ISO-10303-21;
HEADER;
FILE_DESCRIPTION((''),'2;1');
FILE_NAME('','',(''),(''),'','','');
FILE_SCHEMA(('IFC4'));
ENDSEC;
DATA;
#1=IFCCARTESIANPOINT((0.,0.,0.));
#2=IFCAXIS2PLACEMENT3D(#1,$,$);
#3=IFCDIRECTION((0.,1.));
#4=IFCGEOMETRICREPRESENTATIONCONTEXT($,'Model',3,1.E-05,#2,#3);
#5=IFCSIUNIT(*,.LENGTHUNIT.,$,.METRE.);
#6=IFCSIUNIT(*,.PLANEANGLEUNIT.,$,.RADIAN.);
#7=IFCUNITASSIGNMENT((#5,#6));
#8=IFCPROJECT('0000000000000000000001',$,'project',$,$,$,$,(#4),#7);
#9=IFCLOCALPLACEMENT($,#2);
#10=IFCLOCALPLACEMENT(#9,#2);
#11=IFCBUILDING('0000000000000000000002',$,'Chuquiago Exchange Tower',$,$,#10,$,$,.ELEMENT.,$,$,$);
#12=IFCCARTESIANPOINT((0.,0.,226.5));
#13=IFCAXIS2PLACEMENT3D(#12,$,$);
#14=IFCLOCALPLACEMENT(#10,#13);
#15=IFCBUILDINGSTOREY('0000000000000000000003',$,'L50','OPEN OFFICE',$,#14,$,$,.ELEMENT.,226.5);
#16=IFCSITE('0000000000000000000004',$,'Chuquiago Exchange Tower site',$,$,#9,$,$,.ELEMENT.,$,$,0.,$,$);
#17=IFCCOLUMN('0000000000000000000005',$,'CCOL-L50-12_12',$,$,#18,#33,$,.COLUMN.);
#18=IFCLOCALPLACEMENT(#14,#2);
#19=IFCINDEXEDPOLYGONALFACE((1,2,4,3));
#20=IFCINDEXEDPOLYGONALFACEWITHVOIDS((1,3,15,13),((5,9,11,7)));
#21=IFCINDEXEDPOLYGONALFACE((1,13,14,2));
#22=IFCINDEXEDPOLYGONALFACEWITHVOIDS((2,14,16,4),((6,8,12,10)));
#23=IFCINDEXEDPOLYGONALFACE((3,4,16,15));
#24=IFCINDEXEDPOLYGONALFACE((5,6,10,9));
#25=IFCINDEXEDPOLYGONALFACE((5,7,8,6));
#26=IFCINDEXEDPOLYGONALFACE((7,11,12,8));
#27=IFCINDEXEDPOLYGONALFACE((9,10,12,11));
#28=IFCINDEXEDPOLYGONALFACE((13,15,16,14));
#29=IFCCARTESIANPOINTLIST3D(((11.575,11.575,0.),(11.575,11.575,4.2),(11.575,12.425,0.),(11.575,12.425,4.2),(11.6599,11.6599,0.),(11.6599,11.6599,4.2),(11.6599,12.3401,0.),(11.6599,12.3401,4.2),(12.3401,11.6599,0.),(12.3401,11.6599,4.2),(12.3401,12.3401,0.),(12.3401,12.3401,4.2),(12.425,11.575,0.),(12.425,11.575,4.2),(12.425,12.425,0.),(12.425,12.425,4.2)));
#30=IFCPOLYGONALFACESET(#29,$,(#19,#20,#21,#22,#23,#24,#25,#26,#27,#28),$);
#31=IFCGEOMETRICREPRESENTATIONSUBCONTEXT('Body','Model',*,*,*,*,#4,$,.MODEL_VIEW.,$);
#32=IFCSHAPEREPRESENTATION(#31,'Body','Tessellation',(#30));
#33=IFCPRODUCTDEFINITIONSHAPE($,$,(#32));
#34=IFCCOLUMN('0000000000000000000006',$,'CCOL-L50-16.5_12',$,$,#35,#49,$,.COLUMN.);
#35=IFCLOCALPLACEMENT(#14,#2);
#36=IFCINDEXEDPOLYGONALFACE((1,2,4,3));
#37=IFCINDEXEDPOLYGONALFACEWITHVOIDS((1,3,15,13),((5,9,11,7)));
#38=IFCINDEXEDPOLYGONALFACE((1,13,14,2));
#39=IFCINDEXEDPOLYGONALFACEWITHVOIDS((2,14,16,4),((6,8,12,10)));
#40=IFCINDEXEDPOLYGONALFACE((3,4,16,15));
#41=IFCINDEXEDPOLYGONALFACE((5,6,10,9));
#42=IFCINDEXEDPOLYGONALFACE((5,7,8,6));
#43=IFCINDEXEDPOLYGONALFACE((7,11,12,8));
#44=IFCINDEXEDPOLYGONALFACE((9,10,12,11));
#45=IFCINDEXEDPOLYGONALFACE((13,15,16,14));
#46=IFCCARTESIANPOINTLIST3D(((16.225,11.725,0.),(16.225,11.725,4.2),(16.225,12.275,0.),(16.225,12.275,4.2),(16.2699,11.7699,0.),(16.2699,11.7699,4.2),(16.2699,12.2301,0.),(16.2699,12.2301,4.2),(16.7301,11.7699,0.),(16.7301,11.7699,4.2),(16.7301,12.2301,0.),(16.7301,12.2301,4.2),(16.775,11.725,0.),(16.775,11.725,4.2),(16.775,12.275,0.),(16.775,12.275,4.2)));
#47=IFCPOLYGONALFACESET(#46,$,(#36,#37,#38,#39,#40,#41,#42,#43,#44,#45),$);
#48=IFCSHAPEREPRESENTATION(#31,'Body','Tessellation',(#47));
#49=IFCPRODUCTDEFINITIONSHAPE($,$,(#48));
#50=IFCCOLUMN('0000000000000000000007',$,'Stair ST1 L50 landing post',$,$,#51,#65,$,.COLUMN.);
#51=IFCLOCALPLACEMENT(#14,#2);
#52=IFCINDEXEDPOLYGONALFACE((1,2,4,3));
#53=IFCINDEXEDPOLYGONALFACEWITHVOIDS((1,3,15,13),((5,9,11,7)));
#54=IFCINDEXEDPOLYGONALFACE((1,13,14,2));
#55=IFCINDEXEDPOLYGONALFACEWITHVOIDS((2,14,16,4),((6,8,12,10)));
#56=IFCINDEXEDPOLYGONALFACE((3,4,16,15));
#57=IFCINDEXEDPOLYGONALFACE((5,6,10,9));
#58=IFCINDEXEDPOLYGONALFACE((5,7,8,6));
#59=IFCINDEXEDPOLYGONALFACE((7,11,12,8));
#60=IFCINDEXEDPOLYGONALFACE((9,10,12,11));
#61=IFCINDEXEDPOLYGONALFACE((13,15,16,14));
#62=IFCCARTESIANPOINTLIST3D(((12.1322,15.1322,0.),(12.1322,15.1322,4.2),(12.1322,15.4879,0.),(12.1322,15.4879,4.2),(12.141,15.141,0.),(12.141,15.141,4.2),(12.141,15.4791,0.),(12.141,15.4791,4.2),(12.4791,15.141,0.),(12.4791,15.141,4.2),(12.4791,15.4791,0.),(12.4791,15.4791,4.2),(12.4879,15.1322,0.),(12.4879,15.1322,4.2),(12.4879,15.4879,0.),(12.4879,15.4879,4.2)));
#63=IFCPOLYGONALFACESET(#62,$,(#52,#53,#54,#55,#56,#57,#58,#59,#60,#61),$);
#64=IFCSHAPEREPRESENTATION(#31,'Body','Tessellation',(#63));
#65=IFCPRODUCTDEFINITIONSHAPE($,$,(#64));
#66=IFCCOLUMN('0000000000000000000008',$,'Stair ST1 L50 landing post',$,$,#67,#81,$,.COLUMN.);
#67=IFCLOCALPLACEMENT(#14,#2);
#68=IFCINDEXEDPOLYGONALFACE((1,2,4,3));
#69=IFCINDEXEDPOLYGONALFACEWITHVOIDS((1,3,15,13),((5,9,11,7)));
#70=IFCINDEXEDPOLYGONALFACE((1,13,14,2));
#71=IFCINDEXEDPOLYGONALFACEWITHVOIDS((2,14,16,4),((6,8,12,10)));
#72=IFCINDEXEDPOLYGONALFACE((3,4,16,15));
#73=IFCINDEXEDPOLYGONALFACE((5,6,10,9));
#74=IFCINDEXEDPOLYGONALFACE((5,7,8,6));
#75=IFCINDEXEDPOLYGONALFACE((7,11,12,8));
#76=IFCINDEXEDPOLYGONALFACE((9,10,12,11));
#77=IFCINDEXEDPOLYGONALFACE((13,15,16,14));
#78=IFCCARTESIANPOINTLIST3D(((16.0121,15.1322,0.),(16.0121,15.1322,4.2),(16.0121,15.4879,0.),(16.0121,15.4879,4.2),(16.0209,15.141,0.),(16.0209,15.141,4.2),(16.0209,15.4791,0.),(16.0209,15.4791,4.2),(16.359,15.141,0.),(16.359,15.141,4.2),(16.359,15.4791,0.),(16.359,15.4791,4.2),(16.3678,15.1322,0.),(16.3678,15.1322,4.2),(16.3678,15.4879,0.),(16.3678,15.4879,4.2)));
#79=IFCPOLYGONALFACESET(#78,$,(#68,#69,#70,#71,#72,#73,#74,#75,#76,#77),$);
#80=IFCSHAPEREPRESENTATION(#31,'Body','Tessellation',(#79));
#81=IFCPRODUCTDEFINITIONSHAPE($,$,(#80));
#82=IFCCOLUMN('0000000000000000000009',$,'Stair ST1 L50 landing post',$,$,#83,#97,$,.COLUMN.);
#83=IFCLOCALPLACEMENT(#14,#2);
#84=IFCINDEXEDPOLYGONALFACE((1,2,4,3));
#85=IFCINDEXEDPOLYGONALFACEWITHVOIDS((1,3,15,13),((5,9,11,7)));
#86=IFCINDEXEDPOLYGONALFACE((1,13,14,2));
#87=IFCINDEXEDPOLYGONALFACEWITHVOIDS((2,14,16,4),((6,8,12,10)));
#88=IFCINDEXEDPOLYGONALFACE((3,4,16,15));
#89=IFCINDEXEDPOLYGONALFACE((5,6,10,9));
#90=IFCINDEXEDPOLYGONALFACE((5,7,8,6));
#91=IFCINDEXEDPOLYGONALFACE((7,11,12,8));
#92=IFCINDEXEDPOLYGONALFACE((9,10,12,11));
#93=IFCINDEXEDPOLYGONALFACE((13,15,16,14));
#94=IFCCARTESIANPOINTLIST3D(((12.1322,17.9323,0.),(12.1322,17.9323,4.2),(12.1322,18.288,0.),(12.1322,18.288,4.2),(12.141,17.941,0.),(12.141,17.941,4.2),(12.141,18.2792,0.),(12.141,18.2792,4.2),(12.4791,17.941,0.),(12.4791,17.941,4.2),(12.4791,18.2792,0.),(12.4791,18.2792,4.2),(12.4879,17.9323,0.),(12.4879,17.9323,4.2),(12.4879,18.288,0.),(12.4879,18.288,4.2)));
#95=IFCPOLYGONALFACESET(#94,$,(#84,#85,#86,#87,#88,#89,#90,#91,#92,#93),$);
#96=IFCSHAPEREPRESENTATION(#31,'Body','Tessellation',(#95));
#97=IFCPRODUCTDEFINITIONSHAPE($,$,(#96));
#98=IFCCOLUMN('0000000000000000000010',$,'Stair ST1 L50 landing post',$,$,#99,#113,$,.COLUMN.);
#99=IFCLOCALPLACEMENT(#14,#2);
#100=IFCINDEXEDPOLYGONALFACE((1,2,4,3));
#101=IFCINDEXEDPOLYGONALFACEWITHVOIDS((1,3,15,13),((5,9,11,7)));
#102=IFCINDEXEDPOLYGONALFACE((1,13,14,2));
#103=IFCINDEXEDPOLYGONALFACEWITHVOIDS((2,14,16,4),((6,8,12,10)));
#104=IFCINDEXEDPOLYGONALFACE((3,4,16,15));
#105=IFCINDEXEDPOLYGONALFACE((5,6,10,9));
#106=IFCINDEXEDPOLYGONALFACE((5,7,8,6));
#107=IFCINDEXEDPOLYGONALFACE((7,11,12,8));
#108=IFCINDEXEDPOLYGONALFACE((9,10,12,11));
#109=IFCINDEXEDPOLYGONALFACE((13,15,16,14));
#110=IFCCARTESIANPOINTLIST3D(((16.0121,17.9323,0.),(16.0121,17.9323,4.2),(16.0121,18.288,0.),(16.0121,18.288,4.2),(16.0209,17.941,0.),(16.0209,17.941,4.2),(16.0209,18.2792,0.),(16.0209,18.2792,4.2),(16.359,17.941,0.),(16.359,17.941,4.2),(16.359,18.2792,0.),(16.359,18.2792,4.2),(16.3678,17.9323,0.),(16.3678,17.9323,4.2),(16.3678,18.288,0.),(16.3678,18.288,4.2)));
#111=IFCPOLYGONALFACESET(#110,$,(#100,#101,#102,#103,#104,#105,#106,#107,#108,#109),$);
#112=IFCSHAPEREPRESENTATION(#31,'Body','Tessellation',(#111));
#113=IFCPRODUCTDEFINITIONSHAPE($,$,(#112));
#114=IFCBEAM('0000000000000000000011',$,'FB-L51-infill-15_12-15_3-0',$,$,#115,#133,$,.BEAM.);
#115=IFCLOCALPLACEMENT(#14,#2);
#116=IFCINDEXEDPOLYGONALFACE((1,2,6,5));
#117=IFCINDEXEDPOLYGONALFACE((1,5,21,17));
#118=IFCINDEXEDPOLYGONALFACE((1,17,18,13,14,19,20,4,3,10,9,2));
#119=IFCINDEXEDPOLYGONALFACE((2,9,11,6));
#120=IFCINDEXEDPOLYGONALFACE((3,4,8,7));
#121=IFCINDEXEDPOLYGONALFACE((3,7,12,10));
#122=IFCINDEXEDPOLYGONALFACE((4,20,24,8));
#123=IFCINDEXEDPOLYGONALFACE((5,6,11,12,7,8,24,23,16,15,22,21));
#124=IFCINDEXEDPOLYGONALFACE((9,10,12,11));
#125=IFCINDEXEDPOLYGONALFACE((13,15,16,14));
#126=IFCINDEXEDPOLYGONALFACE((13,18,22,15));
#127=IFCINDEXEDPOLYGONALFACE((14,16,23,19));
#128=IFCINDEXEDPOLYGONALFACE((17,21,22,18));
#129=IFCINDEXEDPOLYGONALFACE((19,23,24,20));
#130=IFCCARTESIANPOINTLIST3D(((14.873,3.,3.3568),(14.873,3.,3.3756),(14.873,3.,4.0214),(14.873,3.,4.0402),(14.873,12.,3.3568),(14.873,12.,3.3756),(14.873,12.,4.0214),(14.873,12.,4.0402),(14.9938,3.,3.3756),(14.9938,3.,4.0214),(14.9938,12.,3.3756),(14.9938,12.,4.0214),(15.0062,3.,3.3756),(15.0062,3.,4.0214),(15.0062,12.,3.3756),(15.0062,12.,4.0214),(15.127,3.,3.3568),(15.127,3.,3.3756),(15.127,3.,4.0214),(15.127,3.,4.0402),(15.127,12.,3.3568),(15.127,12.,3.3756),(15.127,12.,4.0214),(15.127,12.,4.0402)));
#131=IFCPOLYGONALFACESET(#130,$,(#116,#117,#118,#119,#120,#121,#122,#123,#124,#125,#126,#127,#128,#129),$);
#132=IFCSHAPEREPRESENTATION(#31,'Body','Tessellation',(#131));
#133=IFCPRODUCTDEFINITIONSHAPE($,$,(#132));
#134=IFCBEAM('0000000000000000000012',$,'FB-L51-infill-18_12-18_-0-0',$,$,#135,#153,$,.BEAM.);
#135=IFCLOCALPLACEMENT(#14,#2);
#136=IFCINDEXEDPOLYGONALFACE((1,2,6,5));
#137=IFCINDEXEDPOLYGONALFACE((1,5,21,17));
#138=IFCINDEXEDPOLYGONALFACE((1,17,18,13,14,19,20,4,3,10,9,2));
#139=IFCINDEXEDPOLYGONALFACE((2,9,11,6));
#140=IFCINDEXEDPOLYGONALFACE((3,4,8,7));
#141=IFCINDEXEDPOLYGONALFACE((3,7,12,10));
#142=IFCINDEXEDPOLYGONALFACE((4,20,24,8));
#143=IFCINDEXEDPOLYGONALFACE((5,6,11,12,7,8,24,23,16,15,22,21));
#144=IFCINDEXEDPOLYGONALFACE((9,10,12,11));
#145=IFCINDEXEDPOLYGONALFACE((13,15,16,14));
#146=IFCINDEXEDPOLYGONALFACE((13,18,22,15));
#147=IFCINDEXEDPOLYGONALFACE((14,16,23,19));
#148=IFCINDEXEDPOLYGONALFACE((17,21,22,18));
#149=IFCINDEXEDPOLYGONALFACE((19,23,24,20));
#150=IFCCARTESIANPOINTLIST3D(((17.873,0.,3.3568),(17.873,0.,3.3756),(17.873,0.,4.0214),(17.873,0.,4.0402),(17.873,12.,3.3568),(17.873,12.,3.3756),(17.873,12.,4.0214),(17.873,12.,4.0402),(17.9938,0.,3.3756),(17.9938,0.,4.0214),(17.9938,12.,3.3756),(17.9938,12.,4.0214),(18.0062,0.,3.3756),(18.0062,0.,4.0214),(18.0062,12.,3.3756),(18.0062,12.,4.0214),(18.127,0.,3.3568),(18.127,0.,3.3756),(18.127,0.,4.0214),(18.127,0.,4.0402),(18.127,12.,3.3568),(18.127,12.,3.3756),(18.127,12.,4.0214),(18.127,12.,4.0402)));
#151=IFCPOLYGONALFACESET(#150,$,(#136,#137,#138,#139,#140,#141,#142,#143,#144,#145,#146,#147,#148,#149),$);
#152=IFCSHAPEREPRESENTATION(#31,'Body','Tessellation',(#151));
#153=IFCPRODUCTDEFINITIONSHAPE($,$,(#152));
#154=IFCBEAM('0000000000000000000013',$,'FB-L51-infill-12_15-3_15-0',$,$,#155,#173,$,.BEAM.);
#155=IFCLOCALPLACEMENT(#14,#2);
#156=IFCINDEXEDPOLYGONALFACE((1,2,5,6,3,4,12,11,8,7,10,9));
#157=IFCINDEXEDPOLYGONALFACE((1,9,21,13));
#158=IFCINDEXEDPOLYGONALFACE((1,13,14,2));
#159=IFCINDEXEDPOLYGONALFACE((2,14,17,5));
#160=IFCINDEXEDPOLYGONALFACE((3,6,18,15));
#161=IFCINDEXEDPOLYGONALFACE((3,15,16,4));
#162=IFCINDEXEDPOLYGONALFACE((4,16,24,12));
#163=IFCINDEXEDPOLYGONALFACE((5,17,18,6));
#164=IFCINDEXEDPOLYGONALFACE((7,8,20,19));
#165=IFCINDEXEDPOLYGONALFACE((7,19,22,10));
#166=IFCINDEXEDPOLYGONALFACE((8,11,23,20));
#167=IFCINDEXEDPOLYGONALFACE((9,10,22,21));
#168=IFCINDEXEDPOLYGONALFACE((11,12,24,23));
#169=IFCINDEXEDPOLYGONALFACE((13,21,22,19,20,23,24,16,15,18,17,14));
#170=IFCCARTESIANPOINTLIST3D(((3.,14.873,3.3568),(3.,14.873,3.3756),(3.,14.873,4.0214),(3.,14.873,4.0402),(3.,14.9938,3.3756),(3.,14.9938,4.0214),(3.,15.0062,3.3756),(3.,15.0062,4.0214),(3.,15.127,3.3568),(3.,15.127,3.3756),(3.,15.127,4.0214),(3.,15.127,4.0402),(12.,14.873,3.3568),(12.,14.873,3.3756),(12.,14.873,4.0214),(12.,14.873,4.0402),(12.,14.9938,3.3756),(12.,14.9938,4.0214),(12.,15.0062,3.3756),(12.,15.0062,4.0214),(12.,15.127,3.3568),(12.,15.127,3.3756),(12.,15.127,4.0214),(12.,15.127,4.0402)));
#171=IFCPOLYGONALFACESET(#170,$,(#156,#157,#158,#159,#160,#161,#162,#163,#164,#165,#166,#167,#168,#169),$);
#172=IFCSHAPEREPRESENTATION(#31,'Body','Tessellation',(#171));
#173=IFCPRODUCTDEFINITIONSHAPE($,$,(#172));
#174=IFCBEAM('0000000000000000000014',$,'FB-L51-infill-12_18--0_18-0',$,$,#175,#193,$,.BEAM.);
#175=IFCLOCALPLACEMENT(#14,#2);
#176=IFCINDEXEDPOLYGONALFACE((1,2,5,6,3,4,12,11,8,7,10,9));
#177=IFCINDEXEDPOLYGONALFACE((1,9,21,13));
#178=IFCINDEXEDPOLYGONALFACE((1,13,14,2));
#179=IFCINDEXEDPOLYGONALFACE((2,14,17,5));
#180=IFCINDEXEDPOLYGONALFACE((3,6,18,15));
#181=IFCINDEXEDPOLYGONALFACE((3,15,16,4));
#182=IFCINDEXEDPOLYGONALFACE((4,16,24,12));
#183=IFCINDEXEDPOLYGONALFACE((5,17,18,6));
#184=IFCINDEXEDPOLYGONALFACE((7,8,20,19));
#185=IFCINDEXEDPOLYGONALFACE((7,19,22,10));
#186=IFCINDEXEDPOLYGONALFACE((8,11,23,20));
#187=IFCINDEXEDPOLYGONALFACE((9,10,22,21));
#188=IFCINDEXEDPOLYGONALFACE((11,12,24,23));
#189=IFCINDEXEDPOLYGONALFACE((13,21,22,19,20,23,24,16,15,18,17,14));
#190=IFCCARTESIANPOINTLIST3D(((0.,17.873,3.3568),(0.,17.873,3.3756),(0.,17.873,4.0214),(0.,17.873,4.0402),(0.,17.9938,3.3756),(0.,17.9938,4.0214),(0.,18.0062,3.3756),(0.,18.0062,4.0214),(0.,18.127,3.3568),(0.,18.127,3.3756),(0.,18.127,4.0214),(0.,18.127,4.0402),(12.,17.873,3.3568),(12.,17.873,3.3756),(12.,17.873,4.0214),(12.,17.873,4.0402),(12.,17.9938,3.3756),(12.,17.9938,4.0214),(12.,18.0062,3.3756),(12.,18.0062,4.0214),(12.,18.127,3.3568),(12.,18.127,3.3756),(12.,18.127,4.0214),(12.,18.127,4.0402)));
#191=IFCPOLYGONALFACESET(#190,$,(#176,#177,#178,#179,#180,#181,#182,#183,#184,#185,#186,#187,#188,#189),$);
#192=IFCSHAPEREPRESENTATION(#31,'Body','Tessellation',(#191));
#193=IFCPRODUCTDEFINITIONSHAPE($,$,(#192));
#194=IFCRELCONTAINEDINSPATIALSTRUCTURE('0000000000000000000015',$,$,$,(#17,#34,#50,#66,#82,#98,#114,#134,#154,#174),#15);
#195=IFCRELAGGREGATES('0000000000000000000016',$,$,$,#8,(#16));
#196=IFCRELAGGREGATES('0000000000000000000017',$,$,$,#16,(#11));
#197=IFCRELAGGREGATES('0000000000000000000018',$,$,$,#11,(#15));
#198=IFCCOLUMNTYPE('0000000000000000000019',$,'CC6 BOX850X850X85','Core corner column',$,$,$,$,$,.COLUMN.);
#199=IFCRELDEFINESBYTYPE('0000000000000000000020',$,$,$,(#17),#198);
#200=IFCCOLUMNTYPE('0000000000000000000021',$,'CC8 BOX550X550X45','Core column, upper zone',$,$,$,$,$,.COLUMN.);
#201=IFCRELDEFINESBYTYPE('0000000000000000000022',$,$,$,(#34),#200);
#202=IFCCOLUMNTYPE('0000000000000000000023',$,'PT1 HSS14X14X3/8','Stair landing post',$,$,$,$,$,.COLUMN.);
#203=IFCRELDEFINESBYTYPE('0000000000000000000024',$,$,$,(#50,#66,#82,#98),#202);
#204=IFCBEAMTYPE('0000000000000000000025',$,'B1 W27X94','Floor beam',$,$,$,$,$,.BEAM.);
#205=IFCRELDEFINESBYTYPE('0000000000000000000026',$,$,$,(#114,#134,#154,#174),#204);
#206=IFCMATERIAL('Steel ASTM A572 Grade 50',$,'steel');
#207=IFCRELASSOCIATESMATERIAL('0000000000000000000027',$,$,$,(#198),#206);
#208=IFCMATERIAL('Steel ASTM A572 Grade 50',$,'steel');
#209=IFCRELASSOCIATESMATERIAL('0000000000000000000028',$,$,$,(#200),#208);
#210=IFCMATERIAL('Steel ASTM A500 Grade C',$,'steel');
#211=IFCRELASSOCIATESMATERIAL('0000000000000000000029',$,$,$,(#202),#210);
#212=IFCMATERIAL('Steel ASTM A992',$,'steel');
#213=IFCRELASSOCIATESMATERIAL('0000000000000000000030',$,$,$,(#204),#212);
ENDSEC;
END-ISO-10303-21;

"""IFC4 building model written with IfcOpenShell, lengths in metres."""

from ifc_helpers import new_model, si_unit, direction, frame, origin, origin_2d, place, context, subcontext, project, spatial, hollow_rectangle, i_section, extrude, material, material_profile, profile_set, type_object, element, save


model = new_model("IFC4")

# Units and contexts
model_context = context("Model", 3, precision=1e-05, world=origin(), true_north=direction((0.0, 1.0)))
body_context = subcontext(model_context, "Body", "Model", "MODEL_VIEW")
ifc_project = project(units=[si_unit("LENGTHUNIT", "METRE"), si_unit("PLANEANGLEUNIT", "RADIAN")], contexts=[model_context])

# Site, building, storey
site_placement = place(None, origin())
site = spatial("IfcSite", under=ifc_project, at=site_placement, Name="Chuquiago Exchange Tower site", CompositionType="ELEMENT", RefElevation=0.0)
building_placement = place(site_placement, origin())
building = spatial("IfcBuilding", under=site, at=building_placement, Name="Chuquiago Exchange Tower", CompositionType="ELEMENT")
storey_placement = place(building_placement, frame((0.0, 0.0, 226.5)))
storey = spatial("IfcBuildingStorey", under=building, at=storey_placement, Name="L50", Description="OPEN OFFICE", CompositionType="ELEMENT", Elevation=226.5)

# Columns
ifc_material_1 = material(Name="Steel ASTM A572 Grade 50", Category="steel")
ifc_material_profile_1 = material_profile(ifc_material_1, hollow_rectangle(XDim=0.8501, YDim=0.8501, WallThickness=0.085, at=origin_2d()), Name="BOX850X850X85")
ifc_profile_set_1 = profile_set([ifc_material_profile_1], Name="Steel ASTM A572 Grade 50")
column_type_1 = type_object("IfcColumnType", Name="CC6 BOX850X850X85", Description="Core corner column", PredefinedType="COLUMN", material=ifc_profile_set_1)
column_1_placement = place(storey_placement, frame((12.0, 12.0, 0.0), z_axis=(0.0, 0.0, 1.0), x_axis=(1.0, 0.0, 0.0)))
element("IfcColumn", 1, at=column_1_placement, inside=storey, type_object=column_type_1, Name="CCOL-L50-12_12", PredefinedType="COLUMN", context=body_context, shape_type="SweptSolid", body=[
    extrude(hollow_rectangle(XDim=0.8501, YDim=0.8501, WallThickness=0.085, at=origin_2d()), origin(), (0.0, 0.0, 1.0), 4.2),
])
ifc_material_2 = material(Name="Steel ASTM A572 Grade 50", Category="steel")
ifc_material_profile_2 = material_profile(ifc_material_2, hollow_rectangle(XDim=0.55, YDim=0.55, WallThickness=0.0449, at=origin_2d()), Name="BOX550X550X45")
ifc_profile_set_2 = profile_set([ifc_material_profile_2], Name="Steel ASTM A572 Grade 50")
column_type_2 = type_object("IfcColumnType", Name="CC8 BOX550X550X45", Description="Core column, upper zone", PredefinedType="COLUMN", material=ifc_profile_set_2)
column_2_placement = place(storey_placement, frame((16.5, 12.0, 0.0), z_axis=(0.0, 0.0, 1.0), x_axis=(1.0, 0.0, 0.0)))
element("IfcColumn", 2, at=column_2_placement, inside=storey, type_object=column_type_2, Name="CCOL-L50-16.5_12", PredefinedType="COLUMN", context=body_context, shape_type="SweptSolid", body=[
    extrude(hollow_rectangle(XDim=0.55, YDim=0.55, WallThickness=0.0449, at=origin_2d()), origin(), (0.0, 0.0, 1.0), 4.2),
])
ifc_material_3 = material(Name="Steel ASTM A500 Grade C", Category="steel")
ifc_material_profile_3 = material_profile(ifc_material_3, hollow_rectangle(XDim=0.3557, YDim=0.3557, WallThickness=0.0088, at=origin_2d()), Name="HSS14X14X3/8")
ifc_profile_set_3 = profile_set([ifc_material_profile_3], Name="Steel ASTM A500 Grade C")
column_type_3 = type_object("IfcColumnType", Name="PT1 HSS14X14X3/8", Description="Stair landing post", PredefinedType="COLUMN", material=ifc_profile_set_3)
for number, where, z_axis, x_axis, name in (
    (3, (12.3101, 15.3101, 0.0), (0.0, 0.0, 1.0), (1.0, 0.0, 0.0), "Stair ST1 L50 landing post"),
    (4, (16.1899, 15.3101, 0.0), (0.0, 0.0, 1.0), (1.0, 0.0, 0.0), "Stair ST1 L50 landing post"),
    (5, (12.3101, 18.1101, 0.0), (0.0, 0.0, 1.0), (1.0, 0.0, 0.0), "Stair ST1 L50 landing post"),
    (6, (16.1899, 18.1101, 0.0), (0.0, 0.0, 1.0), (1.0, 0.0, 0.0), "Stair ST1 L50 landing post"),
):
    element("IfcColumn", number, at=place(storey_placement, frame(where, z_axis=z_axis, x_axis=x_axis)), inside=storey, type_object=column_type_3, Name=name, PredefinedType="COLUMN", context=body_context, shape_type="SweptSolid", body=[
        extrude(hollow_rectangle(XDim=0.3557, YDim=0.3557, WallThickness=0.0088, at=origin_2d()), origin(), (0.0, 0.0, 1.0), 4.2),
    ])

# Beams
ifc_material_4 = material(Name="Steel ASTM A992", Category="steel")
ifc_material_profile_4 = material_profile(ifc_material_4, i_section(OverallWidth=0.2539, OverallDepth=0.6833, WebThickness=0.0125, FlangeThickness=0.0188, at=origin_2d()), Name="W27X94")
ifc_profile_set_4 = profile_set([ifc_material_profile_4], Name="Steel ASTM A992")
beam_type_1 = type_object("IfcBeamType", Name="B1 W27X94", Description="Floor beam", PredefinedType="BEAM", material=ifc_profile_set_4)
beam_1_placement = place(storey_placement, frame((15.0, 12.0, 3.6985), z_axis=(0.0, -1.0, 0.0), x_axis=(1.0, 0.0, 0.0)))
element("IfcBeam", 7, at=beam_1_placement, inside=storey, type_object=beam_type_1, Name="FB-L51-infill-15_12-15_3-0", PredefinedType="BEAM", context=body_context, shape_type="SweptSolid", body=[
    extrude(i_section(OverallWidth=0.2539, OverallDepth=0.6833, WebThickness=0.0125, FlangeThickness=0.0188, at=origin_2d()), origin(), (0.0, 0.0, 1.0), 9.0),
])
beam_2_placement = place(storey_placement, frame((18.0, 12.0, 3.6985), z_axis=(0.0, -1.0, 0.0), x_axis=(1.0, 0.0, 0.0)))
element("IfcBeam", 8, at=beam_2_placement, inside=storey, type_object=beam_type_1, Name="FB-L51-infill-18_12-18_-0-0", PredefinedType="BEAM", context=body_context, shape_type="SweptSolid", body=[
    extrude(i_section(OverallWidth=0.2539, OverallDepth=0.6833, WebThickness=0.0125, FlangeThickness=0.0188, at=origin_2d()), origin(), (0.0, 0.0, 1.0), 12.0),
])
beam_3_placement = place(storey_placement, frame((12.0, 15.0, 3.6985), z_axis=(-1.0, 0.0, 0.0), x_axis=(0.0, -1.0, 0.0)))
element("IfcBeam", 9, at=beam_3_placement, inside=storey, type_object=beam_type_1, Name="FB-L51-infill-12_15-3_15-0", PredefinedType="BEAM", context=body_context, shape_type="SweptSolid", body=[
    extrude(i_section(OverallWidth=0.2539, OverallDepth=0.6833, WebThickness=0.0125, FlangeThickness=0.0188, at=origin_2d()), origin(), (0.0, 0.0, 1.0), 9.0),
])
beam_4_placement = place(storey_placement, frame((12.0, 18.0, 3.6985), z_axis=(-1.0, 0.0, 0.0), x_axis=(0.0, -1.0, 0.0)))
element("IfcBeam", 10, at=beam_4_placement, inside=storey, type_object=beam_type_1, Name="FB-L51-infill-12_18--0_18-0", PredefinedType="BEAM", context=body_context, shape_type="SweptSolid", body=[
    extrude(i_section(OverallWidth=0.2539, OverallDepth=0.6833, WebThickness=0.0125, FlangeThickness=0.0188, at=origin_2d()), origin(), (0.0, 0.0, 1.0), 12.0),
])

save(model, "model.ifc")
